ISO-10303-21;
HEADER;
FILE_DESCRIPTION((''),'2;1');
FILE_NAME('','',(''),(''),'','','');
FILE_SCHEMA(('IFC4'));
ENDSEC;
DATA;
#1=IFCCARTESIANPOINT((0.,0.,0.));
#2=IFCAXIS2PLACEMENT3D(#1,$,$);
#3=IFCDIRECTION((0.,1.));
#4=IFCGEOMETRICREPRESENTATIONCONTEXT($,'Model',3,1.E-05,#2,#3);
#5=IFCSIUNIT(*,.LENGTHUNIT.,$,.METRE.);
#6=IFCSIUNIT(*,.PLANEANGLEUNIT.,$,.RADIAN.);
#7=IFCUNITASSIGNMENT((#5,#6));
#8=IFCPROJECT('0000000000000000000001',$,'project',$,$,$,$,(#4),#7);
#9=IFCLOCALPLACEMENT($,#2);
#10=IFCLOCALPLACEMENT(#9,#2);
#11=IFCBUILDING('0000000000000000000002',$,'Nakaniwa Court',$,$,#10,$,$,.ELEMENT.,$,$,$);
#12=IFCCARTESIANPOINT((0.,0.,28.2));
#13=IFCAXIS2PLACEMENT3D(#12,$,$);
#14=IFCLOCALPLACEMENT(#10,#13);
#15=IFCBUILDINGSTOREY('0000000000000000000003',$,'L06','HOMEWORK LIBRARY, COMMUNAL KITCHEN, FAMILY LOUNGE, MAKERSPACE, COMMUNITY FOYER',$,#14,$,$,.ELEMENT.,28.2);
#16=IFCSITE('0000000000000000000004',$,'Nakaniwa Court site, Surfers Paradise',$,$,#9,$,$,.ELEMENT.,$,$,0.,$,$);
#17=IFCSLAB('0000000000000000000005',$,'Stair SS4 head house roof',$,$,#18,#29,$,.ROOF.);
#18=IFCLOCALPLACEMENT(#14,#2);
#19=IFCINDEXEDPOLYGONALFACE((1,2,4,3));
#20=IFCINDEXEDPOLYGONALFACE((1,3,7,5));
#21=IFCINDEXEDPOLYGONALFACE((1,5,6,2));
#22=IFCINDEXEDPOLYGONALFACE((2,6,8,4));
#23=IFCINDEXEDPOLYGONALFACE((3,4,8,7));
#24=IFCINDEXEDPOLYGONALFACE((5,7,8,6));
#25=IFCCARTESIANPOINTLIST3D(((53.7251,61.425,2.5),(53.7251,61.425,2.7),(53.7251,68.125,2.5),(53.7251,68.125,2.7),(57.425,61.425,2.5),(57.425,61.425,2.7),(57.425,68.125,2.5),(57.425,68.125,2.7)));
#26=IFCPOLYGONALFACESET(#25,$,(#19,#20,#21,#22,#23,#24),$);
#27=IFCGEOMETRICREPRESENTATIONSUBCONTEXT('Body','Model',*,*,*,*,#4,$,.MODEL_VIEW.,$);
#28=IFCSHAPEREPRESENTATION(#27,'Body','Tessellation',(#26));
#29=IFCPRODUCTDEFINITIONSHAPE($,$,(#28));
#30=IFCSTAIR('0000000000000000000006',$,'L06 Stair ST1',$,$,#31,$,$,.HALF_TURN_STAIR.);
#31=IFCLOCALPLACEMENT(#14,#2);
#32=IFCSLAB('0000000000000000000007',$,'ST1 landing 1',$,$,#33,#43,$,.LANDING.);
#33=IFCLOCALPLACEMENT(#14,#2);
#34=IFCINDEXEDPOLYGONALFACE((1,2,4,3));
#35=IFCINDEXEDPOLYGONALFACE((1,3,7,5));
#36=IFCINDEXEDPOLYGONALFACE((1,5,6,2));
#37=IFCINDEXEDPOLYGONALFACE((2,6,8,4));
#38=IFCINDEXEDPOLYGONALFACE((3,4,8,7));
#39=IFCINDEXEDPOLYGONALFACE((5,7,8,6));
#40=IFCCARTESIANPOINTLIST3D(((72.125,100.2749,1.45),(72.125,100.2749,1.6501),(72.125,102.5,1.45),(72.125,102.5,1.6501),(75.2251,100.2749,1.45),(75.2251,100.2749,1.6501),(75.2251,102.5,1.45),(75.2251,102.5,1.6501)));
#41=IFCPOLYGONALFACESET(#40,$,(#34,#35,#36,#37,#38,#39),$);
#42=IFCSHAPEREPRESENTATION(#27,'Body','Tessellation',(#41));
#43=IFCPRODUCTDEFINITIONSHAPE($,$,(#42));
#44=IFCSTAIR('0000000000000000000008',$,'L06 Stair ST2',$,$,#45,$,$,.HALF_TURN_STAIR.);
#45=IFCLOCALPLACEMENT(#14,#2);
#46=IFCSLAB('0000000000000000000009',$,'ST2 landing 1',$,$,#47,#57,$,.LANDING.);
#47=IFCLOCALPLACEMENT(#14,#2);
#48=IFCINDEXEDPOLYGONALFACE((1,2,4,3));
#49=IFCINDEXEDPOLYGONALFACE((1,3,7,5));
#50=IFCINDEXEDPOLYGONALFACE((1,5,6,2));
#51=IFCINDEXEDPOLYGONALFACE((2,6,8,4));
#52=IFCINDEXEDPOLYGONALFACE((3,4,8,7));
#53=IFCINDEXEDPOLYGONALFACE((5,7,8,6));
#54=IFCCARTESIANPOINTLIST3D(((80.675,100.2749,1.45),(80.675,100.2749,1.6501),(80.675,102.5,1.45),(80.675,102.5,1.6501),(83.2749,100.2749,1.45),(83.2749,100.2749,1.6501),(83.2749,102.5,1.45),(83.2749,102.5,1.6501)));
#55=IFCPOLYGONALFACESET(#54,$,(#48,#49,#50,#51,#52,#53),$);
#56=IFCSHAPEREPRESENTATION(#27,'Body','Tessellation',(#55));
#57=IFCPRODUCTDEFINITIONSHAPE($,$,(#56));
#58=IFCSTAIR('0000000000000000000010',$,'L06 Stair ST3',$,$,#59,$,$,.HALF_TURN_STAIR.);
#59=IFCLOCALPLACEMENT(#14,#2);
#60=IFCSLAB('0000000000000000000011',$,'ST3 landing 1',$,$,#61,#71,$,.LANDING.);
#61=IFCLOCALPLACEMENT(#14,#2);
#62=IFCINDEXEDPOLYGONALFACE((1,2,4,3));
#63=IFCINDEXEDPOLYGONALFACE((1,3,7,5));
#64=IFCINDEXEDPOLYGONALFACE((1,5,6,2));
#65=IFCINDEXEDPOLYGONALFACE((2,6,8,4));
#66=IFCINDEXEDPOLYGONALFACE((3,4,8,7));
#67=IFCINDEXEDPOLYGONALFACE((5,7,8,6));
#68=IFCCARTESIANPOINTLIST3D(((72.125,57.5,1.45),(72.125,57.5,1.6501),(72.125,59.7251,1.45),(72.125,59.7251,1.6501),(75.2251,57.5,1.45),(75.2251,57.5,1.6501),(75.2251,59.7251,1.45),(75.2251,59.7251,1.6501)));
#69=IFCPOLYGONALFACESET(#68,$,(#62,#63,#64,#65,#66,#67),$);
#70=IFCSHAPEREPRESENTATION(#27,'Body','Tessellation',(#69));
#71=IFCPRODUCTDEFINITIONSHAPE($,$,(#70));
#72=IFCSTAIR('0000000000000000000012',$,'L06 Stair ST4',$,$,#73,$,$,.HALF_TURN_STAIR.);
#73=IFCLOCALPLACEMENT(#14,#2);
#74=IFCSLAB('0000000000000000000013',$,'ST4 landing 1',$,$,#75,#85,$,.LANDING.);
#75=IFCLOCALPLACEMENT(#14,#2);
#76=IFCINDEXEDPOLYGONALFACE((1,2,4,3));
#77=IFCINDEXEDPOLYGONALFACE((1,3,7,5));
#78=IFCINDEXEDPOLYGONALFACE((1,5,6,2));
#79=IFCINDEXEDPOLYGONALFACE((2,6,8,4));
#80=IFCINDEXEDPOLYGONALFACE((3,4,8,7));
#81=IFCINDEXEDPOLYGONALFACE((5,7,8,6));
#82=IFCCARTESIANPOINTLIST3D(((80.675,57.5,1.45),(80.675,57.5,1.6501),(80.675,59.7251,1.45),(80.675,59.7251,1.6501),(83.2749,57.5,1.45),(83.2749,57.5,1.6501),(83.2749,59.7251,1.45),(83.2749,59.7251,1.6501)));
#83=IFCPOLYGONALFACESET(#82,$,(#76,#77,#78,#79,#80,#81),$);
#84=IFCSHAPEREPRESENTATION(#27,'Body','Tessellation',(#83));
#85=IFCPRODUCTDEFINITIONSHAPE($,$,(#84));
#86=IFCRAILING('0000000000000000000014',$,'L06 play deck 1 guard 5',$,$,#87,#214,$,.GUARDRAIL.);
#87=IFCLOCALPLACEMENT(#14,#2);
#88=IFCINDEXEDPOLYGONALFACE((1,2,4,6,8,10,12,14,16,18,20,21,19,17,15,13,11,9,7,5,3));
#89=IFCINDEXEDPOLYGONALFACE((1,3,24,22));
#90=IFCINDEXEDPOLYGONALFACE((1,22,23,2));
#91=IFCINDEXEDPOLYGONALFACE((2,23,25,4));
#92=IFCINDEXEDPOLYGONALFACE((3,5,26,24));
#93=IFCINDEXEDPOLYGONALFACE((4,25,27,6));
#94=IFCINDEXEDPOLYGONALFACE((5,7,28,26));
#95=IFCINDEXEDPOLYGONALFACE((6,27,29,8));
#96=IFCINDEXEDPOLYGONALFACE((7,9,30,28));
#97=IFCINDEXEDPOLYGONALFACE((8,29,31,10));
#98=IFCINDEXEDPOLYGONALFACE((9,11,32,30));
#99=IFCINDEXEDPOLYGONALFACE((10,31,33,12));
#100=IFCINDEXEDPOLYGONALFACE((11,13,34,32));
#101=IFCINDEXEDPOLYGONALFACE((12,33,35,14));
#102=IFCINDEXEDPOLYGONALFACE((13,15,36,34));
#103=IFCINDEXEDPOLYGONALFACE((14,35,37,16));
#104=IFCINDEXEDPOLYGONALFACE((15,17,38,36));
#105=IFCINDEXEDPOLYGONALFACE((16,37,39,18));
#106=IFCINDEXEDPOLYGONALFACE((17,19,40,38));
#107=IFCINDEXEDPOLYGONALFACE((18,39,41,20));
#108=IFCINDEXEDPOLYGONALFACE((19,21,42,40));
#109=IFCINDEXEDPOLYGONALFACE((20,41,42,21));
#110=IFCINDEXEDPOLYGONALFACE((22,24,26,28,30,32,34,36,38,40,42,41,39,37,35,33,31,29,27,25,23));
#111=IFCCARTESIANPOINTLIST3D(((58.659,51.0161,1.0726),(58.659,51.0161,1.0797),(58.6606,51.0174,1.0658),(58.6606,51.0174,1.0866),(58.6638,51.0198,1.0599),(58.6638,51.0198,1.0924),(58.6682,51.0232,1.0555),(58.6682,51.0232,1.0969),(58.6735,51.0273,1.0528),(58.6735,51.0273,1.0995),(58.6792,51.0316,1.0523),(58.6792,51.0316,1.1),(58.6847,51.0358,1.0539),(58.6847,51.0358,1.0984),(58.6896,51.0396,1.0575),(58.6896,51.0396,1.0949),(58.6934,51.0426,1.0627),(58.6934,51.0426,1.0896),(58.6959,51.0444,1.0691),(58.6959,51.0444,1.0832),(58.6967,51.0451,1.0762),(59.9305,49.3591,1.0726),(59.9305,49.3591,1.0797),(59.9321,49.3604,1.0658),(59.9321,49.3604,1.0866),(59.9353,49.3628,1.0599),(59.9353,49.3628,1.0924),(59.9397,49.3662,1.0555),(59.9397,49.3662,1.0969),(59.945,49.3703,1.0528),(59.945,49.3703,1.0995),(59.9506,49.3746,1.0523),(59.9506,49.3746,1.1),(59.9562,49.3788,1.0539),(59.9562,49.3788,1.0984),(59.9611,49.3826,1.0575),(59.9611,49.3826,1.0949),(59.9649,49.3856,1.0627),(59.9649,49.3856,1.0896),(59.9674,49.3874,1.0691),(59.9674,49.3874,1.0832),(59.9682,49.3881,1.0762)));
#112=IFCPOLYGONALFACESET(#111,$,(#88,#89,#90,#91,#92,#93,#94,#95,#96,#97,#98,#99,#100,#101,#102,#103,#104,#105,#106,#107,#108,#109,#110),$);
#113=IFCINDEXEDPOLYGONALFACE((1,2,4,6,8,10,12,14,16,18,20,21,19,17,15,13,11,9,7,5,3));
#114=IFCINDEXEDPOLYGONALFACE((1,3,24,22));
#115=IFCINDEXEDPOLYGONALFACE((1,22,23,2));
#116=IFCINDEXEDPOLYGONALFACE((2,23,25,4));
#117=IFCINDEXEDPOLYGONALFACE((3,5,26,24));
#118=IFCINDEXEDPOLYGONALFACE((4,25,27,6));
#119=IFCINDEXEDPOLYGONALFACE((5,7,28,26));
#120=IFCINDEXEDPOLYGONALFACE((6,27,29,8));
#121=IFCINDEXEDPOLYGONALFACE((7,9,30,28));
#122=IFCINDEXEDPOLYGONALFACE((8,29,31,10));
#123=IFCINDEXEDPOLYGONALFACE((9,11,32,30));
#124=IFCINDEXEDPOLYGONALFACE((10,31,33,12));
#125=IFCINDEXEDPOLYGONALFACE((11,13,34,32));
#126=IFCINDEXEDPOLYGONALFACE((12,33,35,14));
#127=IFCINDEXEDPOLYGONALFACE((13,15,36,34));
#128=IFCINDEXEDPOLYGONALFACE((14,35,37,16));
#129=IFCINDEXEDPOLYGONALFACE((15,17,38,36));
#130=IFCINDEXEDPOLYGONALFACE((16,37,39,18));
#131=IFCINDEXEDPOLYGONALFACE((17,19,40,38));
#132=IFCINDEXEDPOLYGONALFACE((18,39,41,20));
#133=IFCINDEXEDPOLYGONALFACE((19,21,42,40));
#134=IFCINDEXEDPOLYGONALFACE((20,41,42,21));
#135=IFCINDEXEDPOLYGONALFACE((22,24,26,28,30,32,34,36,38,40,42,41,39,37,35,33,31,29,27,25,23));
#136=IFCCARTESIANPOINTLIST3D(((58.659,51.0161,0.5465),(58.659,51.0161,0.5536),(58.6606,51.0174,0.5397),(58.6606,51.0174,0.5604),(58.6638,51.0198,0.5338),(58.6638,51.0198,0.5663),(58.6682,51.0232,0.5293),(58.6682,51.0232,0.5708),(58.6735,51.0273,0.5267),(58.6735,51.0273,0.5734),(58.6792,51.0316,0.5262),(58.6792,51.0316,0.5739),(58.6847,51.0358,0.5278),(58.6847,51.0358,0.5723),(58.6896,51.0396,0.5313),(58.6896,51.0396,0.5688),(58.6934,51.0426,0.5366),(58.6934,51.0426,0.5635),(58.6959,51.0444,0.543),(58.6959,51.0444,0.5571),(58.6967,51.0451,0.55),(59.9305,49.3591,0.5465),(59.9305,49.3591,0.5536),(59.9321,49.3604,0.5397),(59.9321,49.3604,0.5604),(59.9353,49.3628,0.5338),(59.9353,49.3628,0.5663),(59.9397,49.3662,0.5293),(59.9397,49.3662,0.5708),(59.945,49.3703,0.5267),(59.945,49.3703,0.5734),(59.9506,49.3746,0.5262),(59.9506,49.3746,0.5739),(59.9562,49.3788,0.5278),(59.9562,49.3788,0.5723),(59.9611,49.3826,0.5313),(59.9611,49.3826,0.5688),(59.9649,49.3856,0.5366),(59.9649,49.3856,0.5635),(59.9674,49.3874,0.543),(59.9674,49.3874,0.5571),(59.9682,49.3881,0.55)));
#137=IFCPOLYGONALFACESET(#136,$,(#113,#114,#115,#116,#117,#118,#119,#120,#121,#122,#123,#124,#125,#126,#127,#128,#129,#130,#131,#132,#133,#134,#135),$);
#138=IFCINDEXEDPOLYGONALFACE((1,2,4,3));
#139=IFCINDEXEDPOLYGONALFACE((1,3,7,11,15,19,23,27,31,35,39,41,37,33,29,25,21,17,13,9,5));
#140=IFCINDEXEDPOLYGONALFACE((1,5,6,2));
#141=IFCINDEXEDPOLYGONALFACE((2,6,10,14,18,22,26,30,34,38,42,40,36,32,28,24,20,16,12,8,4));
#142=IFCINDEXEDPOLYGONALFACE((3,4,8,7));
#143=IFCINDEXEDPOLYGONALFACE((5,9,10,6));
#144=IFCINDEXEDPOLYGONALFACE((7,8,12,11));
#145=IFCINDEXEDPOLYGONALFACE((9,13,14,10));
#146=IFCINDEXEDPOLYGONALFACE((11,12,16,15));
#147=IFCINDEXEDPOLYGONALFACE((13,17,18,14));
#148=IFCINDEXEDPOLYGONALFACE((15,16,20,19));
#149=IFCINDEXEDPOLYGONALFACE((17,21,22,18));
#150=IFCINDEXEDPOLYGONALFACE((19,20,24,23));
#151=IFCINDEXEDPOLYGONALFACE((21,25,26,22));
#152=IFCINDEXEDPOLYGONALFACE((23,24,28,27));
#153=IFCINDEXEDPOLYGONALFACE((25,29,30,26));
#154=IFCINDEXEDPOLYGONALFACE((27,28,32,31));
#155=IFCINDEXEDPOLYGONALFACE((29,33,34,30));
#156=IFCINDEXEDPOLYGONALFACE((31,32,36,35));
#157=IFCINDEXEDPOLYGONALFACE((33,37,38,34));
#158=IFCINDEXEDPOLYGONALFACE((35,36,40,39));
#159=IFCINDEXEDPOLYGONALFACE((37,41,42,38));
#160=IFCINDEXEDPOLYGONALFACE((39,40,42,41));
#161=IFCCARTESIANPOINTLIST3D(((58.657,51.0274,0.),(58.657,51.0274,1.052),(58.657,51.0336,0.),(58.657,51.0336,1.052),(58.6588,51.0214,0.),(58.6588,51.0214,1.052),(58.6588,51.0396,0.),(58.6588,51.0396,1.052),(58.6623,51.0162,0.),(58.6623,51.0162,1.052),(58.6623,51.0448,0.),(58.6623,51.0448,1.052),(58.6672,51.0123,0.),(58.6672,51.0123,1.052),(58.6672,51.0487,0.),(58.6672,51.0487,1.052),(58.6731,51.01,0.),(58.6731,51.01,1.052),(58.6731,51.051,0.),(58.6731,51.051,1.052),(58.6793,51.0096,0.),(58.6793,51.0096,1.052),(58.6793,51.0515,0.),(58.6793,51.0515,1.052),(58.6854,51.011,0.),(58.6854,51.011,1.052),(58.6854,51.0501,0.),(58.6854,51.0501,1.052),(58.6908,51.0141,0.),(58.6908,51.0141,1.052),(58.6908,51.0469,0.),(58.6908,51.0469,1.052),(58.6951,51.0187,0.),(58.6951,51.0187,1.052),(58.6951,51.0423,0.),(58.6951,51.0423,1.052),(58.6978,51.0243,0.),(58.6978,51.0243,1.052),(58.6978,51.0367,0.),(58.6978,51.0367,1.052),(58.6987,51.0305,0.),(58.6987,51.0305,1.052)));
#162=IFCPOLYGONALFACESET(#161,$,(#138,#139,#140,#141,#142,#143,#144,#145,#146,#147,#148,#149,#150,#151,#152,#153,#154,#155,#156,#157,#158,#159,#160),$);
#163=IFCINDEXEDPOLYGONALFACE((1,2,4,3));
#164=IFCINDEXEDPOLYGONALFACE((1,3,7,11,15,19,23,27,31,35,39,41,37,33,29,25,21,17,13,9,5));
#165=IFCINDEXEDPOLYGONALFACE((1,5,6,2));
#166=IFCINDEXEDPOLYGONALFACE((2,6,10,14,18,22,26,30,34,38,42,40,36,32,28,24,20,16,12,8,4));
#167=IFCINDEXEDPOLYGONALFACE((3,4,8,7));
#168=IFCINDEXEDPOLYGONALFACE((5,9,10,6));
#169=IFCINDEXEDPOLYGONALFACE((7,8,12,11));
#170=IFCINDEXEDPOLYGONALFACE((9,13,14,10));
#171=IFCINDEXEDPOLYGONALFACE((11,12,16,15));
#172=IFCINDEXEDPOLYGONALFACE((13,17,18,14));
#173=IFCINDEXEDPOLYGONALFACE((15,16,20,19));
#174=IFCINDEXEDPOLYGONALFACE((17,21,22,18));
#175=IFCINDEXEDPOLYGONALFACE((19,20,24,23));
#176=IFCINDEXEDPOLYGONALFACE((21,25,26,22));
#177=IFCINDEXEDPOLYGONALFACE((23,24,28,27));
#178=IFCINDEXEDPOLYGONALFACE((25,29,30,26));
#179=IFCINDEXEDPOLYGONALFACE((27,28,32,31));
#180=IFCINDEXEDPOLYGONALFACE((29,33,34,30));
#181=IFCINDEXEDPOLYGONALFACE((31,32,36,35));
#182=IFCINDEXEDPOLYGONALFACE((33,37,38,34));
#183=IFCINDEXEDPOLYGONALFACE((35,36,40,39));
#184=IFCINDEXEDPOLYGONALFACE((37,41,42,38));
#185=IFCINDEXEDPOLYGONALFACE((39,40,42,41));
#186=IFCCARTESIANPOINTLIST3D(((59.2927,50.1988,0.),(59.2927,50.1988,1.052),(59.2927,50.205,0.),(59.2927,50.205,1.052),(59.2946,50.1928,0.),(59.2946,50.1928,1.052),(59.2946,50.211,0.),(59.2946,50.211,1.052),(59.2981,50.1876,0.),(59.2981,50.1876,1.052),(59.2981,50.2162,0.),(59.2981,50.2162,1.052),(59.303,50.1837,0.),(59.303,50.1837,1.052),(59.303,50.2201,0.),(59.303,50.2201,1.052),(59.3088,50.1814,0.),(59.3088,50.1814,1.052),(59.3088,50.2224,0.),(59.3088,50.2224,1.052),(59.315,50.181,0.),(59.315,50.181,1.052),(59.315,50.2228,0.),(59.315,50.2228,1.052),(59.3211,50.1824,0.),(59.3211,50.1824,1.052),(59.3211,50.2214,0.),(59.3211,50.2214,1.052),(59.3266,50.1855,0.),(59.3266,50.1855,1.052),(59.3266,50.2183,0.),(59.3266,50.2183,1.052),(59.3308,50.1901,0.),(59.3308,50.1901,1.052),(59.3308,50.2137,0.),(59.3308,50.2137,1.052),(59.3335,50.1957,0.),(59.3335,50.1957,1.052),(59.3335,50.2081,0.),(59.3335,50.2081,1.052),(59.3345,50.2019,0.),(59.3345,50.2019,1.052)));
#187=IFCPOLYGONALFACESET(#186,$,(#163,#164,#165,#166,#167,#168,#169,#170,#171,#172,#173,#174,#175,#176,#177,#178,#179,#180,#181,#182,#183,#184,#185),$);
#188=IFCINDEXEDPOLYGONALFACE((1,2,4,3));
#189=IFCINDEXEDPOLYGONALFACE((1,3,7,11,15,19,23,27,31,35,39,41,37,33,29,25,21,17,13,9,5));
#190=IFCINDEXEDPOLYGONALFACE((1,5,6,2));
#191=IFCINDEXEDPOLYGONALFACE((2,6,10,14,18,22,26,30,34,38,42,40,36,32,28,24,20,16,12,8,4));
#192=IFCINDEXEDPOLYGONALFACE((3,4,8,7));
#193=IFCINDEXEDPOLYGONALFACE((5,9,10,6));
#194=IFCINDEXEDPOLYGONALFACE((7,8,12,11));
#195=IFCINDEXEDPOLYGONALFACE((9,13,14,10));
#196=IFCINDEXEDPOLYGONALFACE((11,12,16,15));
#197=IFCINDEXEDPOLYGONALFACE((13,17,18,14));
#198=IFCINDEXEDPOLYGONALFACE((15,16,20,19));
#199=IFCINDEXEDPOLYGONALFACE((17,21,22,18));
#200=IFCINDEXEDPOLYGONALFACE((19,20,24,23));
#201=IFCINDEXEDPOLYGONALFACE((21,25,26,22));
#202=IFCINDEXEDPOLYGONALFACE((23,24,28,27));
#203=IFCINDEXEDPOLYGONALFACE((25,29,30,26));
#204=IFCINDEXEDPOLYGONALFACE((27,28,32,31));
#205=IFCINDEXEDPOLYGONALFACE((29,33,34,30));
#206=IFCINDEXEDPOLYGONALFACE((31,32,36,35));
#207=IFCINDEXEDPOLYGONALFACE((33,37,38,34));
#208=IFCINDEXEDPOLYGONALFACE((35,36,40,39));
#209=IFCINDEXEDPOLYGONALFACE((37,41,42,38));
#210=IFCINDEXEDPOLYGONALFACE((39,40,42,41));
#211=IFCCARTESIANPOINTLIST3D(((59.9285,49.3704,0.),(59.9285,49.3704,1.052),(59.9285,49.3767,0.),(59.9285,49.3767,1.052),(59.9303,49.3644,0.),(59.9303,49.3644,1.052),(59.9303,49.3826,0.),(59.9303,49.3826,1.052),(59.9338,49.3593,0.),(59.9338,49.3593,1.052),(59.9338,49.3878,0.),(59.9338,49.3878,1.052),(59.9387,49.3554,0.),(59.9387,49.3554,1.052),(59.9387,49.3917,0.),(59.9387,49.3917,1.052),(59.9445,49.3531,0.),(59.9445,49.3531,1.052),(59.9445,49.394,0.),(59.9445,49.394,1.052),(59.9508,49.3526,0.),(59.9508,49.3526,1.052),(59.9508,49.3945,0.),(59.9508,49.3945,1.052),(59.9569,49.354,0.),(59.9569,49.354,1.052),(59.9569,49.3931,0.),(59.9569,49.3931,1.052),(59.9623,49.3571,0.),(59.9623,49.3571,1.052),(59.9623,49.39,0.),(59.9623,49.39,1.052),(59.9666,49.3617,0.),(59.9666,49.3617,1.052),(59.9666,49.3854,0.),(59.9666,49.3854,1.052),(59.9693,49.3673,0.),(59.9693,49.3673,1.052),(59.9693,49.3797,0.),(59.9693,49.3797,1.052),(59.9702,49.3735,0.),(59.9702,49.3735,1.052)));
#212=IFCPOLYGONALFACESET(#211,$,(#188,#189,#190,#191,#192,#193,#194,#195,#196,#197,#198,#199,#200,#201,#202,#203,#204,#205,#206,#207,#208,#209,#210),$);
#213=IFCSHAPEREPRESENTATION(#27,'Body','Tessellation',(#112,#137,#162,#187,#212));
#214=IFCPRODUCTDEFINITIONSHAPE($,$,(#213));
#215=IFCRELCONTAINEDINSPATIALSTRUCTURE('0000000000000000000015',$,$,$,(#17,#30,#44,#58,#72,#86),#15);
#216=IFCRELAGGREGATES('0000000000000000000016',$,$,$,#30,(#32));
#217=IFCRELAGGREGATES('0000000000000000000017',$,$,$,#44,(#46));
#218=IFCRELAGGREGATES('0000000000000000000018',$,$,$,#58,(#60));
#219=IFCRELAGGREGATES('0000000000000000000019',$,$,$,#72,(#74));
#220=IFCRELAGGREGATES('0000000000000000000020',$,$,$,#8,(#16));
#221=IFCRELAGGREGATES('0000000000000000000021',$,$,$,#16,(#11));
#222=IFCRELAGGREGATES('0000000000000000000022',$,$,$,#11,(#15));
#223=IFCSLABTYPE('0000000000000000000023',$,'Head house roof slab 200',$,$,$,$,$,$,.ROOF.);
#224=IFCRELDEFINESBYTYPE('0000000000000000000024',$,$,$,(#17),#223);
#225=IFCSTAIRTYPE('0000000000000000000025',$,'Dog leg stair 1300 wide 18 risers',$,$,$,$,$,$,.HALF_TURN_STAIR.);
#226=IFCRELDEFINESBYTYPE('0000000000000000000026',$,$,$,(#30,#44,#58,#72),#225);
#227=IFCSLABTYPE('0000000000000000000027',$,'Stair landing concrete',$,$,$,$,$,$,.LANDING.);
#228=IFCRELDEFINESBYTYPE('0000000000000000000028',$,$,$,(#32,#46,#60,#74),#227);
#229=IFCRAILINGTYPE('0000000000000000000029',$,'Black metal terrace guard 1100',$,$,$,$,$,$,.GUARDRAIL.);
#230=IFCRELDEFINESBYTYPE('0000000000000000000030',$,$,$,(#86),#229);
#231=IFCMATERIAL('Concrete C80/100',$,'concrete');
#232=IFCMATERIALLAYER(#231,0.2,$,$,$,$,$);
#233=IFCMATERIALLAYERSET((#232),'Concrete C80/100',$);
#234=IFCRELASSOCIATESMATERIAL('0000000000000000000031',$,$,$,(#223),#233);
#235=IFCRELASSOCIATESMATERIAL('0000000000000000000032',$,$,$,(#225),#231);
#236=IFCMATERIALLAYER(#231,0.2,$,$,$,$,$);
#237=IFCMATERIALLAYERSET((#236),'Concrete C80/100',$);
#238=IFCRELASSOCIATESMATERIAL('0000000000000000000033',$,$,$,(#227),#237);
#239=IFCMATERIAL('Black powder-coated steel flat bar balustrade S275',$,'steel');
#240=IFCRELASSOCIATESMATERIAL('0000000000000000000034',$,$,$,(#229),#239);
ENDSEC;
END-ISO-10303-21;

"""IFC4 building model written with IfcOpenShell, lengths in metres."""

from ifc_helpers import new_model, si_unit, direction, frame, origin, origin_2d, place, context, subcontext, project, spatial, polyline, circle, outline, extrude, material, layer, layer_set, type_object, element, aggregate, save


model = new_model("IFC4")

# Units and contexts
model_context = context("Model", 3, precision=1e-05, world=origin(), true_north=direction((0.0, 1.0)))
body_context = subcontext(model_context, "Body", "Model", "MODEL_VIEW")
ifc_project = project(units=[si_unit("LENGTHUNIT", "METRE"), si_unit("PLANEANGLEUNIT", "RADIAN")], contexts=[model_context])

# Site, building, storey
site_placement = place(None, origin())
site = spatial("IfcSite", under=ifc_project, at=site_placement, Name="Nakaniwa Court site, Surfers Paradise", CompositionType="ELEMENT", RefElevation=0.0)
building_placement = place(site_placement, origin())
building = spatial("IfcBuilding", under=site, at=building_placement, Name="Nakaniwa Court", CompositionType="ELEMENT")
storey_placement = place(building_placement, frame((0.0, 0.0, 28.2)))
storey = spatial("IfcBuildingStorey", under=building, at=storey_placement, Name="L06", Description="HOMEWORK LIBRARY, COMMUNAL KITCHEN, FAMILY LOUNGE, MAKERSPACE, COMMUNITY FOYER", CompositionType="ELEMENT", Elevation=28.2)

# Slab
ifc_material_1 = material(Name="Concrete C80/100", Category="concrete")
ifc_layer_1 = layer(ifc_material_1, 0.2)
ifc_layer_set_1 = layer_set([ifc_layer_1], Name="Concrete C80/100")
slab_type_1 = type_object("IfcSlabType", Name="Head house roof slab 200", PredefinedType="ROOF", material=ifc_layer_set_1)
slab_1_placement = place(storey_placement, frame((0.0, 0.0, 2.5)))
element("IfcSlab", 1, at=slab_1_placement, inside=storey, type_object=slab_type_1, Name="Stair SS4 head house roof", PredefinedType="ROOF", context=body_context, shape_type="SweptSolid", body=[
    extrude(outline(polyline([(53.7251, 61.425), (57.425, 61.425), (57.425, 68.125), (53.7251, 68.125), (53.7251, 61.425)])), origin(), (0.0, 0.0, 1.0), 0.2),
])

# Stairs, slabs
stair_type = type_object("IfcStairType", Name="Dog leg stair 1300 wide 18 risers", PredefinedType="HALF_TURN_STAIR", material=ifc_material_1)
stair_1_placement = place(storey_placement, origin())
stair_1 = element("IfcStair", 2, at=stair_1_placement, inside=storey, type_object=stair_type, Name="L06 Stair ST1", PredefinedType="HALF_TURN_STAIR")
ifc_layer_2 = layer(ifc_material_1, 0.2)
ifc_layer_set_2 = layer_set([ifc_layer_2], Name="Concrete C80/100")
slab_type_2 = type_object("IfcSlabType", Name="Stair landing concrete", PredefinedType="LANDING", material=ifc_layer_set_2)
slab_2_placement = place(storey_placement, frame((0.0, 0.0, 1.45)))
slab_2 = element("IfcSlab", 3, at=slab_2_placement, type_object=slab_type_2, Name="ST1 landing 1", PredefinedType="LANDING", context=body_context, shape_type="SweptSolid", body=[
    extrude(outline(polyline([(75.2251, 100.2749), (75.2251, 102.5), (72.125, 102.5), (72.125, 100.2749), (75.2251, 100.2749)])), origin(), (0.0, 0.0, 1.0), 0.2002),
])
aggregate(stair_1, [slab_2])
stair_2_placement = place(storey_placement, origin())
stair_2 = element("IfcStair", 4, at=stair_2_placement, inside=storey, type_object=stair_type, Name="L06 Stair ST2", PredefinedType="HALF_TURN_STAIR")
slab_3_placement = place(storey_placement, frame((0.0, 0.0, 1.45)))
slab_3 = element("IfcSlab", 5, at=slab_3_placement, type_object=slab_type_2, Name="ST2 landing 1", PredefinedType="LANDING", context=body_context, shape_type="SweptSolid", body=[
    extrude(outline(polyline([(83.2749, 100.2749), (83.2749, 102.5), (80.675, 102.5), (80.675, 100.2749), (83.2749, 100.2749)])), origin(), (0.0, 0.0, 1.0), 0.2002),
])
aggregate(stair_2, [slab_3])
stair_3_placement = place(storey_placement, origin())
stair_3 = element("IfcStair", 6, at=stair_3_placement, inside=storey, type_object=stair_type, Name="L06 Stair ST3", PredefinedType="HALF_TURN_STAIR")
slab_4_placement = place(storey_placement, frame((0.0, 0.0, 1.45)))
slab_4 = element("IfcSlab", 7, at=slab_4_placement, type_object=slab_type_2, Name="ST3 landing 1", PredefinedType="LANDING", context=body_context, shape_type="SweptSolid", body=[
    extrude(outline(polyline([(75.2251, 57.5), (75.2251, 59.7251), (72.125, 59.7251), (72.125, 57.5), (75.2251, 57.5)])), origin(), (0.0, 0.0, 1.0), 0.2002),
])
aggregate(stair_3, [slab_4])
stair_4_placement = place(storey_placement, origin())
stair_4 = element("IfcStair", 8, at=stair_4_placement, inside=storey, type_object=stair_type, Name="L06 Stair ST4", PredefinedType="HALF_TURN_STAIR")
slab_5_placement = place(storey_placement, frame((0.0, 0.0, 1.45)))
slab_5 = element("IfcSlab", 9, at=slab_5_placement, type_object=slab_type_2, Name="ST4 landing 1", PredefinedType="LANDING", context=body_context, shape_type="SweptSolid", body=[
    extrude(outline(polyline([(83.2749, 57.5), (83.2749, 59.7251), (80.675, 59.7251), (80.675, 57.5), (83.2749, 57.5)])), origin(), (0.0, 0.0, 1.0), 0.2002),
])
aggregate(stair_4, [slab_5])

# Railing
ifc_material_2 = material(Name="Black powder-coated steel flat bar balustrade S275", Category="steel")
railing_type = type_object("IfcRailingType", Name="Black metal terrace guard 1100", PredefinedType="GUARDRAIL", material=ifc_material_2)
railing_1_placement = place(storey_placement, frame((58.6777, 51.0305, 0.0)))
element("IfcRailing", 10, at=railing_1_placement, inside=storey, type_object=railing_type, Name="L06 play deck 1 guard 5", PredefinedType="GUARDRAIL", context=body_context, shape_type="SweptSolid", body=[
    extrude(circle(Radius=0.0239, at=origin_2d()), frame((0.0, 0.0, 1.0762), z_axis=(0.608773, -0.793345, 0.0), x_axis=(0.793345, 0.608773, 0.0)), (0.0, 0.0, 1.0), 2.0886),
    extrude(circle(Radius=0.0239, at=origin_2d()), frame((0.0, 0.0, 0.55), z_axis=(0.608773, -0.793345, 0.0), x_axis=(0.793345, 0.608773, 0.0)), (0.0, 0.0, 1.0), 2.0886),
    extrude(circle(Radius=0.021, at=origin_2d()), origin(), (0.0, 0.0, 1.0), 1.052),
    extrude(circle(Radius=0.021, at=origin_2d()), frame((0.6357, -0.8286, 0.0)), (0.0, 0.0, 1.0), 1.052),
    extrude(circle(Radius=0.021, at=origin_2d()), frame((1.2715, -1.657, 0.0)), (0.0, 0.0, 1.0), 1.052),
])

save(model, "model.ifc")
